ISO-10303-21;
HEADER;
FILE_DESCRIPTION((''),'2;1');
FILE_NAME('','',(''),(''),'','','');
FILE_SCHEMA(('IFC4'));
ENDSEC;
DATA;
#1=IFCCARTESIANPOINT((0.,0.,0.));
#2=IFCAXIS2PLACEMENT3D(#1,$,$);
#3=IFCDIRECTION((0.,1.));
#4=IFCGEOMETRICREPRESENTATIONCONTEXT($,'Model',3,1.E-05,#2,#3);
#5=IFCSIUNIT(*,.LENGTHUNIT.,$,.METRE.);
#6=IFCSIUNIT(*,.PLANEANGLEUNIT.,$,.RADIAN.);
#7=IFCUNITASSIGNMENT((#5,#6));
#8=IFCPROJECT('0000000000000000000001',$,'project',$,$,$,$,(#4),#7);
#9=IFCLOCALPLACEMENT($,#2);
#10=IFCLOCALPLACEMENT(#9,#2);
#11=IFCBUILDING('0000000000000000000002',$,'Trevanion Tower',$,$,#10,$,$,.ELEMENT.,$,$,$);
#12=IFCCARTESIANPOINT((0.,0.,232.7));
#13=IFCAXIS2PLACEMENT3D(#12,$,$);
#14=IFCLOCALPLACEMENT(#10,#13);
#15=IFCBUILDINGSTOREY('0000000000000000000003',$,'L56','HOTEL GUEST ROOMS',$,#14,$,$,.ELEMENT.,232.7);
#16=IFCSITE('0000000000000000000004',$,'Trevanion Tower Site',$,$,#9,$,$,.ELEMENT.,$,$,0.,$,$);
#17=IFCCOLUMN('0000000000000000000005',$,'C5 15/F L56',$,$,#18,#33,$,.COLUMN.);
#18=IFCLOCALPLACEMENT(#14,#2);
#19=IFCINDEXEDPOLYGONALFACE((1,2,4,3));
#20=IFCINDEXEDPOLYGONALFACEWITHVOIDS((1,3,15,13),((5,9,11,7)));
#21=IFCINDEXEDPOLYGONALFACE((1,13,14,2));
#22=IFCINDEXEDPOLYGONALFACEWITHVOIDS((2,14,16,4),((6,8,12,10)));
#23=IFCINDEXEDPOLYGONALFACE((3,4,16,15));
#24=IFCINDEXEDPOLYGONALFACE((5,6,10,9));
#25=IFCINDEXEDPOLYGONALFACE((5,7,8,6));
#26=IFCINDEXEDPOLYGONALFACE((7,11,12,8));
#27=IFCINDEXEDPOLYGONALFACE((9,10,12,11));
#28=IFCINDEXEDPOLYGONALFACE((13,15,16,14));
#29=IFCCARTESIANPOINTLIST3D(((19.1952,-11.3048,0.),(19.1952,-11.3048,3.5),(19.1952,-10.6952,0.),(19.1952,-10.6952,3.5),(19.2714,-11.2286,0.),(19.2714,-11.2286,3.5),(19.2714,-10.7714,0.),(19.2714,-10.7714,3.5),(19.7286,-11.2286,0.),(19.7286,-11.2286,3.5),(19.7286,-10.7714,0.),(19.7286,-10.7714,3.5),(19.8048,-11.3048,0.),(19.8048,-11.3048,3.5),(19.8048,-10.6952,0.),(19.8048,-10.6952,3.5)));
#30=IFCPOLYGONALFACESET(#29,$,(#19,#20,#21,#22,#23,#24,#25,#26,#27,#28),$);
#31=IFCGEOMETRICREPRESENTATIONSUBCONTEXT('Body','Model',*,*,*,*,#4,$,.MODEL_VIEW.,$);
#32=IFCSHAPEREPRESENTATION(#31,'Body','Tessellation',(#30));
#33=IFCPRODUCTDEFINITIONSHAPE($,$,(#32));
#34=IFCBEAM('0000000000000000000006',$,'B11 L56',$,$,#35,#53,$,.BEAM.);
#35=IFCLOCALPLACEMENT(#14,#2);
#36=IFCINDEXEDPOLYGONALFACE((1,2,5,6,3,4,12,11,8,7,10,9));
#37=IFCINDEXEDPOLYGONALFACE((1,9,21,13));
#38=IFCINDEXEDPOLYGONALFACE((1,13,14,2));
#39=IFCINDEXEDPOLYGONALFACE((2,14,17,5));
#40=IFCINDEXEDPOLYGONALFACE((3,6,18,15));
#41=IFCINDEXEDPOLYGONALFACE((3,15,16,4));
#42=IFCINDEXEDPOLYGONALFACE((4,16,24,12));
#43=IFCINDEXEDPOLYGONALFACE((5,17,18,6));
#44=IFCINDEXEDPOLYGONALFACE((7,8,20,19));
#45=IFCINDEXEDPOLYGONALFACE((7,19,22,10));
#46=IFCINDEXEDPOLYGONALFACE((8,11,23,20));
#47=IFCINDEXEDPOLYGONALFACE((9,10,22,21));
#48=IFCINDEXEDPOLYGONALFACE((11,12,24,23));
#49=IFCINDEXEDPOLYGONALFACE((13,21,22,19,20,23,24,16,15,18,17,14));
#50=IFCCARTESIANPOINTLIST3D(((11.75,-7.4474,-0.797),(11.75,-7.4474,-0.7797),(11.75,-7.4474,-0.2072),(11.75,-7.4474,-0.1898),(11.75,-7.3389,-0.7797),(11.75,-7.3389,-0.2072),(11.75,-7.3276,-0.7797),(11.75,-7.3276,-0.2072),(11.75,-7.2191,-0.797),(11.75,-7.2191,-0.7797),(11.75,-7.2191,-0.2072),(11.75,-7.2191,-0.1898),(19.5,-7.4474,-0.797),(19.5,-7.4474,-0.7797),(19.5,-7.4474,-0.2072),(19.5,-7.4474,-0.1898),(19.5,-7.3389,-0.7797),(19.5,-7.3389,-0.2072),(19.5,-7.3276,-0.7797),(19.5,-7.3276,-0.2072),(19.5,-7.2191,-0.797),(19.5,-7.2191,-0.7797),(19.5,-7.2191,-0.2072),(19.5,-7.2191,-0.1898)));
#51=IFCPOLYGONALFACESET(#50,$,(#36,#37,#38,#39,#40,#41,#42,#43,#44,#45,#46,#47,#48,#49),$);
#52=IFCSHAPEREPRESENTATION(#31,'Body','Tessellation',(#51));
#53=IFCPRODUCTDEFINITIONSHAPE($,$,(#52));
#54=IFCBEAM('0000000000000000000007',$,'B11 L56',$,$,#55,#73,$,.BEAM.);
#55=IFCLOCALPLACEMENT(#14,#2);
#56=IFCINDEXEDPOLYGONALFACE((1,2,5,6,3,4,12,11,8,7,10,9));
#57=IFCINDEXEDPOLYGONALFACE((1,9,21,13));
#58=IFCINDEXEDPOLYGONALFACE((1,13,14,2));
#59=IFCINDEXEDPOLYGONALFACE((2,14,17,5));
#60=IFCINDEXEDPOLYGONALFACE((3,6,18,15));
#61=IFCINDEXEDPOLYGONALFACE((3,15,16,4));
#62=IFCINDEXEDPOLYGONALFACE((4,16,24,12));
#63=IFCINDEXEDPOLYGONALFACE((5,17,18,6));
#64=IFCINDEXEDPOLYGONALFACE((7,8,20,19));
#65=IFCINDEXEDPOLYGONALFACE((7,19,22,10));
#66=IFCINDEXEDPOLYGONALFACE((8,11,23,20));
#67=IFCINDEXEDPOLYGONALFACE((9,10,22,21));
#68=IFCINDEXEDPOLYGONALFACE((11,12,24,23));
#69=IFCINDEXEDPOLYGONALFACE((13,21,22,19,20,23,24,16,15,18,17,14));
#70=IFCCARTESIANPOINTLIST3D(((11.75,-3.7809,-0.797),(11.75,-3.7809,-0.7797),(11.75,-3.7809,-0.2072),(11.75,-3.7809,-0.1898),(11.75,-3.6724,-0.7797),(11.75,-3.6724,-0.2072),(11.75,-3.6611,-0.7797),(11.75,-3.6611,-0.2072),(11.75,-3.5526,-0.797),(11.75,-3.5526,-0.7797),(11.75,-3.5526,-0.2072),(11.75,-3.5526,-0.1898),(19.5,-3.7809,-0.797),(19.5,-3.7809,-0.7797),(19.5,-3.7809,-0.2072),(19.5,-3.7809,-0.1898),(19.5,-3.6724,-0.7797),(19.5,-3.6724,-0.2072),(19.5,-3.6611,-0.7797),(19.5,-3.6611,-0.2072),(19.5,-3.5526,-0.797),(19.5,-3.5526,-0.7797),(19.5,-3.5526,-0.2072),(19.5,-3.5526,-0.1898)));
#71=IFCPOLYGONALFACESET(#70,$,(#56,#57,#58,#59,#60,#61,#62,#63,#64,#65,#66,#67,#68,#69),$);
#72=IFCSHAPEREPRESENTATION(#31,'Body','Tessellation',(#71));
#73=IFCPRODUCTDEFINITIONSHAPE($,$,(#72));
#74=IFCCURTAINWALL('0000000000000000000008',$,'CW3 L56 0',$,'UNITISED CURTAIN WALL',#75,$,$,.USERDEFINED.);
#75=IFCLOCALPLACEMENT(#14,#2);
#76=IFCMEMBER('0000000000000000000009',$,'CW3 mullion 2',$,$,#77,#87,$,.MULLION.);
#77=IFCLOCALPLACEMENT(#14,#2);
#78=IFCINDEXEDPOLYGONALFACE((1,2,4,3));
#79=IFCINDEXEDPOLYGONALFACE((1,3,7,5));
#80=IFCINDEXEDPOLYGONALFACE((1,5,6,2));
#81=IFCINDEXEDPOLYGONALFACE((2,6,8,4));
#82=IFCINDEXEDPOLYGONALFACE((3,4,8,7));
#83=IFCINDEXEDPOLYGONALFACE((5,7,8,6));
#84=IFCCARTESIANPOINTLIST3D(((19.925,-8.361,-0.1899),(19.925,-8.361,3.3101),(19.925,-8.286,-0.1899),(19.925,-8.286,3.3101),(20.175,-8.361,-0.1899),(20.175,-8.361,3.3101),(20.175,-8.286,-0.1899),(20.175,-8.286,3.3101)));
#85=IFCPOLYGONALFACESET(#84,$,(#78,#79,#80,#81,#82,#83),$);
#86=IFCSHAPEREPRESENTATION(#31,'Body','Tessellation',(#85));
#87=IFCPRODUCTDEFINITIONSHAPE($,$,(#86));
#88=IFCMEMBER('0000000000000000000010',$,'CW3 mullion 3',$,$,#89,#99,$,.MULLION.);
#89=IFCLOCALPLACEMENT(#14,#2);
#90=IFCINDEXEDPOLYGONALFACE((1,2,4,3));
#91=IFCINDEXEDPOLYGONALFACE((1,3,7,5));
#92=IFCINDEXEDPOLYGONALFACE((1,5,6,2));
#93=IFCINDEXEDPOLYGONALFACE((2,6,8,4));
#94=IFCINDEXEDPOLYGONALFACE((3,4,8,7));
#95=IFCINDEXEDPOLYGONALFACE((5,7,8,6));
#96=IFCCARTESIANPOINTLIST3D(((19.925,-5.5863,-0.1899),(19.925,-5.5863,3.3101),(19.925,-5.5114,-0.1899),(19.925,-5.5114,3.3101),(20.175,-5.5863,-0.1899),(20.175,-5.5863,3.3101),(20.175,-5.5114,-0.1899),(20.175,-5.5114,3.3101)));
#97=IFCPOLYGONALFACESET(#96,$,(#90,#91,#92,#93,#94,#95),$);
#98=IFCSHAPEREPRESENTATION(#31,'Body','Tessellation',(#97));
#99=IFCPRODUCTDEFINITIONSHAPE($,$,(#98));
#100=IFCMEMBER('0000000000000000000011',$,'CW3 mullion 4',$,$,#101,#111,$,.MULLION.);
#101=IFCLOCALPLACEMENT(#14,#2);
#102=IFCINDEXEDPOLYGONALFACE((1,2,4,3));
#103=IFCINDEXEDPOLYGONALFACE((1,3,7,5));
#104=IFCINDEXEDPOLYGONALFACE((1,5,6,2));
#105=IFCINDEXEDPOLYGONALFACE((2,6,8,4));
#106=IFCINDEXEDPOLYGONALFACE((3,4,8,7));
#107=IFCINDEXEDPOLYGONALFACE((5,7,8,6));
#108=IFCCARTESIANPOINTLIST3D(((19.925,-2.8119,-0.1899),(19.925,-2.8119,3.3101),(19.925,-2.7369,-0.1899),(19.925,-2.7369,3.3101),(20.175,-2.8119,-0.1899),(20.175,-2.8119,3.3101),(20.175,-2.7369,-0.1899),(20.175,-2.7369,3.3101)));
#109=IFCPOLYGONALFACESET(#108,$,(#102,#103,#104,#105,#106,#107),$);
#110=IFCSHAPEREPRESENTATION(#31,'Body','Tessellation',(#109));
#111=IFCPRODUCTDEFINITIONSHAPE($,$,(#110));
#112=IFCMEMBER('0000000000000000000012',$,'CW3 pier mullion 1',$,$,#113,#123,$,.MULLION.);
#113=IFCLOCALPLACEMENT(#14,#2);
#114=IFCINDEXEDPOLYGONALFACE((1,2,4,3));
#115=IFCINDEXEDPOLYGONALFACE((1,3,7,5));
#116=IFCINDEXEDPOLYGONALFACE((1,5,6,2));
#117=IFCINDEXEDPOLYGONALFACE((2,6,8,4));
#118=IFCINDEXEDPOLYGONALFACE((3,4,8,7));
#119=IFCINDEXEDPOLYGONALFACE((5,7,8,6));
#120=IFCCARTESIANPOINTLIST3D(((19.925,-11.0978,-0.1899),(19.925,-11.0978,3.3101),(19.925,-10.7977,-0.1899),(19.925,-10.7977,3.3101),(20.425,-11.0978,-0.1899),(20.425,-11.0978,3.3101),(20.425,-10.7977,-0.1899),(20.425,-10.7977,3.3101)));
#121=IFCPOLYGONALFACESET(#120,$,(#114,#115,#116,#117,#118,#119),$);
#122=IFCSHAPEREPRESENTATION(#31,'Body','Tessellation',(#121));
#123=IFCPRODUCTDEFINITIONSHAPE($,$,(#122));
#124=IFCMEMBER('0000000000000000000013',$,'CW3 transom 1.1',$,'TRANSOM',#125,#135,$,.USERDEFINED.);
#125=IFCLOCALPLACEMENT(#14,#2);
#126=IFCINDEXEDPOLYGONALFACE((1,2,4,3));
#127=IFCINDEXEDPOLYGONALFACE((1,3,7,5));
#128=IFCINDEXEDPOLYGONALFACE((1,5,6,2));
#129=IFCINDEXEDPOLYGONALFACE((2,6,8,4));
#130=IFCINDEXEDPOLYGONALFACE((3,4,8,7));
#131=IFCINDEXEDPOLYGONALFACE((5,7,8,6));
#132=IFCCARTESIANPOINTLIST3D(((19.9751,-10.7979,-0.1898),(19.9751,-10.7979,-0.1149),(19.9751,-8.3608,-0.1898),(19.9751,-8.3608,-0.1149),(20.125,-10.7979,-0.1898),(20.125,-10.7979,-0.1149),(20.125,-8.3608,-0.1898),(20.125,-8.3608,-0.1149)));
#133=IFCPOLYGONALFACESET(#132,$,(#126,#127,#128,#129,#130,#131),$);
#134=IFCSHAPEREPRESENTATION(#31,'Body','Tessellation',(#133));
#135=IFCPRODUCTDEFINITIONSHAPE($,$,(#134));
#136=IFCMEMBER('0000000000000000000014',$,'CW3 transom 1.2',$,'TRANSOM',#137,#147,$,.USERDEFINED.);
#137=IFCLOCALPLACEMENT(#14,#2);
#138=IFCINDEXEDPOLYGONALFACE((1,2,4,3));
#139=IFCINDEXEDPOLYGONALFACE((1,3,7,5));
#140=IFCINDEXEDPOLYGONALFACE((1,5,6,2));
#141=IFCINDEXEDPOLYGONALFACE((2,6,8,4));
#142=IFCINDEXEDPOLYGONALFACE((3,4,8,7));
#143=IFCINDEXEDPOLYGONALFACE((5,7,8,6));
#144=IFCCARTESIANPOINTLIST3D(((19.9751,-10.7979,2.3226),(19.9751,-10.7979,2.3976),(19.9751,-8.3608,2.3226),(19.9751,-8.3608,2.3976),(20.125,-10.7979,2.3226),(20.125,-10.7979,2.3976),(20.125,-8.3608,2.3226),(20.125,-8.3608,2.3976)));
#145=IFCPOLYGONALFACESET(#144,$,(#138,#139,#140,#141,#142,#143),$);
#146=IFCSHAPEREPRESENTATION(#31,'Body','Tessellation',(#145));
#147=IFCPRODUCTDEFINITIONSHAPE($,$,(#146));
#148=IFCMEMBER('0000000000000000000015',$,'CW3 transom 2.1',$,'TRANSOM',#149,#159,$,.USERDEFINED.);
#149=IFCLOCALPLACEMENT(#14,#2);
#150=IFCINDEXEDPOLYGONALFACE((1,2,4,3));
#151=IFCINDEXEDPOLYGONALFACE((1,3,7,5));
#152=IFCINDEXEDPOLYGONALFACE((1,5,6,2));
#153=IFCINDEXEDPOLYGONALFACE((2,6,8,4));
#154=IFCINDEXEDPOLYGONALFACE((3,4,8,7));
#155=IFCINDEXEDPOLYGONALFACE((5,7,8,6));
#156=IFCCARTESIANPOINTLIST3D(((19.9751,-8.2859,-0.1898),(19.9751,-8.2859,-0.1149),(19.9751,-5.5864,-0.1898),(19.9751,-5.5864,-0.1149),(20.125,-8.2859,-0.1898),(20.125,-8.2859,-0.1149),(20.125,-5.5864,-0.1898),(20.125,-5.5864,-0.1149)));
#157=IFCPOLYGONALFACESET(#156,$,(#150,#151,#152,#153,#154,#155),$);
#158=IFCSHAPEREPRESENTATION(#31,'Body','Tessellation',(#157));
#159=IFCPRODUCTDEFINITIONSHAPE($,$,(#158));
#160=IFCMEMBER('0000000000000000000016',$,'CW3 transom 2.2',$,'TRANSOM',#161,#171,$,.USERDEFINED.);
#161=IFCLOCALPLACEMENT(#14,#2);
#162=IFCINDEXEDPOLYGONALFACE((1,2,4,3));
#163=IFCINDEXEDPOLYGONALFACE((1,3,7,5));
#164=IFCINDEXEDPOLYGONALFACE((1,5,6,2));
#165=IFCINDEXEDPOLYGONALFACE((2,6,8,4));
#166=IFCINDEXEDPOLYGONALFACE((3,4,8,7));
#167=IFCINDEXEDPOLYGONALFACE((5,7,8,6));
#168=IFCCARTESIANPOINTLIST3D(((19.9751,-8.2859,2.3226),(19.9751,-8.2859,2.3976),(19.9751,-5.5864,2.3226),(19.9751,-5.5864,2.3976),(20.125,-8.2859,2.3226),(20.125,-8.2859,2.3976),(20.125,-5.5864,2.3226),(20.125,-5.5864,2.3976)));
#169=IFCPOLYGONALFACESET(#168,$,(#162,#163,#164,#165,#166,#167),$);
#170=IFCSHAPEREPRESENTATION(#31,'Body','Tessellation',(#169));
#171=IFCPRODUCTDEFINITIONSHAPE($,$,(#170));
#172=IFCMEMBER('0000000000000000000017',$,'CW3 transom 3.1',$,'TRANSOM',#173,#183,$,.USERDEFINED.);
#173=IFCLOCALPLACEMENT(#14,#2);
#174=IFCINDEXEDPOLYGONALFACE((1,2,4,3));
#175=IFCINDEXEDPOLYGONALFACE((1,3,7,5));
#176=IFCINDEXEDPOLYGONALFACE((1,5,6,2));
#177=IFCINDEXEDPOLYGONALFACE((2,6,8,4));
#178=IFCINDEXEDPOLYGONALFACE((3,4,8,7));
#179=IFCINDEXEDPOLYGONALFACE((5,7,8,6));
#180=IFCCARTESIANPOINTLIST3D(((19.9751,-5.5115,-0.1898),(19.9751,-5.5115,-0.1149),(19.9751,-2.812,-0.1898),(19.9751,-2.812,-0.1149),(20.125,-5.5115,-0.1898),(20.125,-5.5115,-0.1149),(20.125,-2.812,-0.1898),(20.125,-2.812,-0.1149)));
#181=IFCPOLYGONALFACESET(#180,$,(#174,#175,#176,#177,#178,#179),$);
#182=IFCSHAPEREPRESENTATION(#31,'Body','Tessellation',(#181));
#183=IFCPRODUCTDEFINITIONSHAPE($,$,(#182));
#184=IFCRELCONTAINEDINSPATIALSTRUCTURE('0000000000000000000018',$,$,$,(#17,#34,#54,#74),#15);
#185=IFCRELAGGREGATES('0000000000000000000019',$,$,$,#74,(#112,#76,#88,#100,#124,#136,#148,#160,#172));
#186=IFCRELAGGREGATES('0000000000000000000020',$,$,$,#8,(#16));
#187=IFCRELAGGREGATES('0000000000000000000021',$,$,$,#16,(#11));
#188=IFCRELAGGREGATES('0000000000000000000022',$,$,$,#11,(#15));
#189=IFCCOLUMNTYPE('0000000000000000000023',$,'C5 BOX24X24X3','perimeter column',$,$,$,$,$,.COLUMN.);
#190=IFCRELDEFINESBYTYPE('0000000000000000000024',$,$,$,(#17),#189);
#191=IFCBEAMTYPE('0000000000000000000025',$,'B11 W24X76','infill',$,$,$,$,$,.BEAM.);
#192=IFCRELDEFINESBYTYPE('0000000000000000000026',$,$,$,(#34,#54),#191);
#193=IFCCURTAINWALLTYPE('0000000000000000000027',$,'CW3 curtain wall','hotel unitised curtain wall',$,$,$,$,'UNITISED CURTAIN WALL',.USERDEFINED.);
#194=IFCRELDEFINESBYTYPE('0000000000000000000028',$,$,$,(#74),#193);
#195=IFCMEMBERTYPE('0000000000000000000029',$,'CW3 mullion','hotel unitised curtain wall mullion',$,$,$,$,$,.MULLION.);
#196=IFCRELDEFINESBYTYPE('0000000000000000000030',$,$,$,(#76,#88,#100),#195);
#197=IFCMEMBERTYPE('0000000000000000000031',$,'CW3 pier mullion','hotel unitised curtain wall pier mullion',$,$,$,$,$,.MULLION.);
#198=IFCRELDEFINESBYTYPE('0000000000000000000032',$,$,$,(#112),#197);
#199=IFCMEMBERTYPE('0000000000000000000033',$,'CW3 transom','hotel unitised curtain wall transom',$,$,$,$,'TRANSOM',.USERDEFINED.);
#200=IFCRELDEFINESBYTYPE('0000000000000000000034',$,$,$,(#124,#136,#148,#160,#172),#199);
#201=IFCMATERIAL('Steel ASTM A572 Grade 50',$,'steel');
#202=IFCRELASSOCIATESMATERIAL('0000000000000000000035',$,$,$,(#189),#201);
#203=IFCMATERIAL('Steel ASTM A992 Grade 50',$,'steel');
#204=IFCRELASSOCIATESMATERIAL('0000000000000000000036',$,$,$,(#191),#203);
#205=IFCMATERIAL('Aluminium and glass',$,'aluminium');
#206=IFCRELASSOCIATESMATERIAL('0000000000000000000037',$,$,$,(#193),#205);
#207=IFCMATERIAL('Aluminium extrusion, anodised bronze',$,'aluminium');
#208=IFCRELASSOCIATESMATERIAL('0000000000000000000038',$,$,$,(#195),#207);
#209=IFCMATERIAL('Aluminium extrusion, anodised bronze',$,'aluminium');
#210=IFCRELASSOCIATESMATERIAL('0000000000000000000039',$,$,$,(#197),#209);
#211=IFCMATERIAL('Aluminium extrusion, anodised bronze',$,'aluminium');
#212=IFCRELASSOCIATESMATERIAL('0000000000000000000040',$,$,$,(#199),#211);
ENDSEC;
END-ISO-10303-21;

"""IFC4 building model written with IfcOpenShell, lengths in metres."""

from ifc_helpers import new_model, si_unit, direction, frame, origin, origin_2d, place, context, subcontext, project, spatial, rectangle, hollow_rectangle, i_section, extrude, material, material_profile, profile_set, type_object, element, aggregate, save


model = new_model("IFC4")

# Units and contexts
model_context = context("Model", 3, precision=1e-05, world=origin(), true_north=direction((0.0, 1.0)))
body_context = subcontext(model_context, "Body", "Model", "MODEL_VIEW")
ifc_project = project(units=[si_unit("LENGTHUNIT", "METRE"), si_unit("PLANEANGLEUNIT", "RADIAN")], contexts=[model_context])

# Site, building, storey
site_placement = place(None, origin())
site = spatial("IfcSite", under=ifc_project, at=site_placement, Name="Trevanion Tower Site", CompositionType="ELEMENT", RefElevation=0.0)
building_placement = place(site_placement, origin())
building = spatial("IfcBuilding", under=site, at=building_placement, Name="Trevanion Tower", CompositionType="ELEMENT")
storey_placement = place(building_placement, frame((0.0, 0.0, 232.7)))
storey = spatial("IfcBuildingStorey", under=building, at=storey_placement, Name="L56", Description="HOTEL GUEST ROOMS", CompositionType="ELEMENT", Elevation=232.7)

# Column
ifc_material_1 = material(Name="Steel ASTM A572 Grade 50", Category="steel")
ifc_material_profile_1 = material_profile(ifc_material_1, hollow_rectangle(XDim=0.6096, YDim=0.6096, WallThickness=0.0762, at=origin_2d()), Name="BOX24X24X3")
ifc_profile_set_1 = profile_set([ifc_material_profile_1], Name="Steel ASTM A572 Grade 50")
column_type = type_object("IfcColumnType", Name="C5 BOX24X24X3", Description="perimeter column", PredefinedType="COLUMN", material=ifc_profile_set_1)
column_placement = place(storey_placement, frame((19.5, -11.0, 0.0), z_axis=(0.0, 0.0, 1.0), x_axis=(0.0, 1.0, 0.0)))
element("IfcColumn", 1, at=column_placement, inside=storey, type_object=column_type, Name="C5 15/F L56", PredefinedType="COLUMN", context=body_context, shape_type="SweptSolid", body=[
    extrude(hollow_rectangle(XDim=0.6096, YDim=0.6096, WallThickness=0.0762, at=origin_2d()), origin(), (0.0, 0.0, 1.0), 3.5),
])

# Beams
ifc_material_2 = material(Name="Steel ASTM A992 Grade 50", Category="steel")
ifc_material_profile_2 = material_profile(ifc_material_2, i_section(OverallWidth=0.2283, OverallDepth=0.6072, WebThickness=0.0112, FlangeThickness=0.0173, at=origin_2d()), Name="W24X76")
ifc_profile_set_2 = profile_set([ifc_material_profile_2], Name="Steel ASTM A992 Grade 50")
beam_type_1 = type_object("IfcBeamType", Name="B11 W24X76", Description="infill", PredefinedType="BEAM", material=ifc_profile_set_2)
for number, where, z_axis, x_axis, name in (
    (2, (11.75, -7.3333, -0.4934), (1.0, 0.0, 0.0), (0.0, 1.0, 0.0), "B11 L56"),
    (3, (11.75, -3.6667, -0.4934), (1.0, 0.0, 0.0), (0.0, 1.0, 0.0), "B11 L56"),
):
    element("IfcBeam", number, at=place(storey_placement, frame(where, z_axis=z_axis, x_axis=x_axis)), inside=storey, type_object=beam_type_1, Name=name, PredefinedType="BEAM", context=body_context, shape_type="SweptSolid", body=[
        extrude(i_section(OverallWidth=0.2283, OverallDepth=0.6072, WebThickness=0.0112, FlangeThickness=0.0173, at=origin_2d()), origin(), (0.0, 0.0, 1.0), 7.75),
    ])

# Curtain wall, members
ifc_material_3 = material(Name="Aluminium and glass", Category="aluminium")
curtain_wall_type = type_object("IfcCurtainWallType", Name="CW3 curtain wall", Description="hotel unitised curtain wall", ElementType="UNITISED CURTAIN WALL", PredefinedType="USERDEFINED", material=ifc_material_3)
curtain_wall_placement = place(storey_placement, origin())
curtain_wall = element("IfcCurtainWall", 4, at=curtain_wall_placement, inside=storey, type_object=curtain_wall_type, Name="CW3 L56 0", ObjectType="UNITISED CURTAIN WALL", PredefinedType="USERDEFINED")
ifc_material_4 = material(Name="Aluminium extrusion, anodised bronze", Category="aluminium")
ifc_material_profile_3 = material_profile(ifc_material_4, rectangle(XDim=0.075, YDim=0.25, at=origin_2d()), Name="CW3 mullion")
ifc_profile_set_3 = profile_set([ifc_material_profile_3], Name="Aluminium extrusion, anodised bronze")
member_type_1 = type_object("IfcMemberType", Name="CW3 mullion", Description="hotel unitised curtain wall mullion", PredefinedType="MULLION", material=ifc_profile_set_3)
member_1_placement = place(storey_placement, frame((20.05, -8.3235, -0.1899), z_axis=(0.0, 0.0, 1.0), x_axis=(0.0, 1.0, 0.0)))
member_1 = element("IfcMember", 5, at=member_1_placement, type_object=member_type_1, Name="CW3 mullion 2", PredefinedType="MULLION", context=body_context, shape_type="SweptSolid", body=[
    extrude(rectangle(XDim=0.075, YDim=0.25, at=origin_2d()), origin(), (0.0, 0.0, 1.0), 3.5),
])
member_2_placement = place(storey_placement, frame((20.05, -5.5488, -0.1899), z_axis=(0.0, 0.0, 1.0), x_axis=(0.0, 1.0, 0.0)))
member_2 = element("IfcMember", 6, at=member_2_placement, type_object=member_type_1, Name="CW3 mullion 3", PredefinedType="MULLION", context=body_context, shape_type="SweptSolid", body=[
    extrude(rectangle(XDim=0.075, YDim=0.25, at=origin_2d()), origin(), (0.0, 0.0, 1.0), 3.5),
])
member_3_placement = place(storey_placement, frame((20.05, -2.7744, -0.1899), z_axis=(0.0, 0.0, 1.0), x_axis=(0.0, 1.0, 0.0)))
member_3 = element("IfcMember", 7, at=member_3_placement, type_object=member_type_1, Name="CW3 mullion 4", PredefinedType="MULLION", context=body_context, shape_type="SweptSolid", body=[
    extrude(rectangle(XDim=0.075, YDim=0.25, at=origin_2d()), origin(), (0.0, 0.0, 1.0), 3.5),
])
ifc_material_5 = material(Name="Aluminium extrusion, anodised bronze", Category="aluminium")
ifc_material_profile_4 = material_profile(ifc_material_5, rectangle(XDim=0.3, YDim=0.5, at=origin_2d()), Name="CW3 pier mullion")
ifc_profile_set_4 = profile_set([ifc_material_profile_4], Name="Aluminium extrusion, anodised bronze")
member_type_2 = type_object("IfcMemberType", Name="CW3 pier mullion", Description="hotel unitised curtain wall pier mullion", PredefinedType="MULLION", material=ifc_profile_set_4)
member_4_placement = place(storey_placement, frame((20.175, -10.9478, -0.1899), z_axis=(0.0, 0.0, 1.0), x_axis=(0.0, 1.0, 0.0)))
member_4 = element("IfcMember", 8, at=member_4_placement, type_object=member_type_2, Name="CW3 pier mullion 1", PredefinedType="MULLION", context=body_context, shape_type="SweptSolid", body=[
    extrude(rectangle(XDim=0.3, YDim=0.5, at=origin_2d()), origin(), (0.0, 0.0, 1.0), 3.5),
])
ifc_material_6 = material(Name="Aluminium extrusion, anodised bronze", Category="aluminium")
ifc_material_profile_5 = material_profile(ifc_material_6, rectangle(XDim=0.1499, YDim=0.075, at=origin_2d()), Name="CW3 transom")
ifc_profile_set_5 = profile_set([ifc_material_profile_5], Name="Aluminium extrusion, anodised bronze")
member_type_3 = type_object("IfcMemberType", Name="CW3 transom", Description="hotel unitised curtain wall transom", ElementType="TRANSOM", PredefinedType="USERDEFINED", material=ifc_profile_set_5)
member_5_placement = place(storey_placement, frame((20.05, -10.7979, -0.1523), z_axis=(0.0, 1.0, 0.0), x_axis=(-1.0, 0.0, 0.0)))
member_5 = element("IfcMember", 9, at=member_5_placement, type_object=member_type_3, Name="CW3 transom 1.1", ObjectType="TRANSOM", PredefinedType="USERDEFINED", context=body_context, shape_type="SweptSolid", body=[
    extrude(rectangle(XDim=0.1499, YDim=0.075, at=origin_2d()), origin(), (0.0, 0.0, 1.0), 2.437),
])
member_6_placement = place(storey_placement, frame((20.05, -10.7979, 2.3601), z_axis=(0.0, 1.0, 0.0), x_axis=(-1.0, 0.0, 0.0)))
member_6 = element("IfcMember", 10, at=member_6_placement, type_object=member_type_3, Name="CW3 transom 1.2", ObjectType="TRANSOM", PredefinedType="USERDEFINED", context=body_context, shape_type="SweptSolid", body=[
    extrude(rectangle(XDim=0.1499, YDim=0.075, at=origin_2d()), origin(), (0.0, 0.0, 1.0), 2.437),
])
member_7_placement = place(storey_placement, frame((20.05, -8.2859, -0.1523), z_axis=(0.0, 1.0, 0.0), x_axis=(-1.0, 0.0, 0.0)))
member_7 = element("IfcMember", 11, at=member_7_placement, type_object=member_type_3, Name="CW3 transom 2.1", ObjectType="TRANSOM", PredefinedType="USERDEFINED", context=body_context, shape_type="SweptSolid", body=[
    extrude(rectangle(XDim=0.1499, YDim=0.075, at=origin_2d()), origin(), (0.0, 0.0, 1.0), 2.6995),
])
member_8_placement = place(storey_placement, frame((20.05, -8.2859, 2.3601), z_axis=(0.0, 1.0, 0.0), x_axis=(-1.0, 0.0, 0.0)))
member_8 = element("IfcMember", 12, at=member_8_placement, type_object=member_type_3, Name="CW3 transom 2.2", ObjectType="TRANSOM", PredefinedType="USERDEFINED", context=body_context, shape_type="SweptSolid", body=[
    extrude(rectangle(XDim=0.1499, YDim=0.075, at=origin_2d()), origin(), (0.0, 0.0, 1.0), 2.6995),
])
member_9_placement = place(storey_placement, frame((20.05, -5.5115, -0.1523), z_axis=(0.0, 1.0, 0.0), x_axis=(-1.0, 0.0, 0.0)))
member_9 = element("IfcMember", 13, at=member_9_placement, type_object=member_type_3, Name="CW3 transom 3.1", ObjectType="TRANSOM", PredefinedType="USERDEFINED", context=body_context, shape_type="SweptSolid", body=[
    extrude(rectangle(XDim=0.1499, YDim=0.075, at=origin_2d()), origin(), (0.0, 0.0, 1.0), 2.6995),
])

aggregate(curtain_wall, [member_4, member_1, member_2, member_3, member_5, member_6, member_7, member_8, member_9])

save(model, "model.ifc")
